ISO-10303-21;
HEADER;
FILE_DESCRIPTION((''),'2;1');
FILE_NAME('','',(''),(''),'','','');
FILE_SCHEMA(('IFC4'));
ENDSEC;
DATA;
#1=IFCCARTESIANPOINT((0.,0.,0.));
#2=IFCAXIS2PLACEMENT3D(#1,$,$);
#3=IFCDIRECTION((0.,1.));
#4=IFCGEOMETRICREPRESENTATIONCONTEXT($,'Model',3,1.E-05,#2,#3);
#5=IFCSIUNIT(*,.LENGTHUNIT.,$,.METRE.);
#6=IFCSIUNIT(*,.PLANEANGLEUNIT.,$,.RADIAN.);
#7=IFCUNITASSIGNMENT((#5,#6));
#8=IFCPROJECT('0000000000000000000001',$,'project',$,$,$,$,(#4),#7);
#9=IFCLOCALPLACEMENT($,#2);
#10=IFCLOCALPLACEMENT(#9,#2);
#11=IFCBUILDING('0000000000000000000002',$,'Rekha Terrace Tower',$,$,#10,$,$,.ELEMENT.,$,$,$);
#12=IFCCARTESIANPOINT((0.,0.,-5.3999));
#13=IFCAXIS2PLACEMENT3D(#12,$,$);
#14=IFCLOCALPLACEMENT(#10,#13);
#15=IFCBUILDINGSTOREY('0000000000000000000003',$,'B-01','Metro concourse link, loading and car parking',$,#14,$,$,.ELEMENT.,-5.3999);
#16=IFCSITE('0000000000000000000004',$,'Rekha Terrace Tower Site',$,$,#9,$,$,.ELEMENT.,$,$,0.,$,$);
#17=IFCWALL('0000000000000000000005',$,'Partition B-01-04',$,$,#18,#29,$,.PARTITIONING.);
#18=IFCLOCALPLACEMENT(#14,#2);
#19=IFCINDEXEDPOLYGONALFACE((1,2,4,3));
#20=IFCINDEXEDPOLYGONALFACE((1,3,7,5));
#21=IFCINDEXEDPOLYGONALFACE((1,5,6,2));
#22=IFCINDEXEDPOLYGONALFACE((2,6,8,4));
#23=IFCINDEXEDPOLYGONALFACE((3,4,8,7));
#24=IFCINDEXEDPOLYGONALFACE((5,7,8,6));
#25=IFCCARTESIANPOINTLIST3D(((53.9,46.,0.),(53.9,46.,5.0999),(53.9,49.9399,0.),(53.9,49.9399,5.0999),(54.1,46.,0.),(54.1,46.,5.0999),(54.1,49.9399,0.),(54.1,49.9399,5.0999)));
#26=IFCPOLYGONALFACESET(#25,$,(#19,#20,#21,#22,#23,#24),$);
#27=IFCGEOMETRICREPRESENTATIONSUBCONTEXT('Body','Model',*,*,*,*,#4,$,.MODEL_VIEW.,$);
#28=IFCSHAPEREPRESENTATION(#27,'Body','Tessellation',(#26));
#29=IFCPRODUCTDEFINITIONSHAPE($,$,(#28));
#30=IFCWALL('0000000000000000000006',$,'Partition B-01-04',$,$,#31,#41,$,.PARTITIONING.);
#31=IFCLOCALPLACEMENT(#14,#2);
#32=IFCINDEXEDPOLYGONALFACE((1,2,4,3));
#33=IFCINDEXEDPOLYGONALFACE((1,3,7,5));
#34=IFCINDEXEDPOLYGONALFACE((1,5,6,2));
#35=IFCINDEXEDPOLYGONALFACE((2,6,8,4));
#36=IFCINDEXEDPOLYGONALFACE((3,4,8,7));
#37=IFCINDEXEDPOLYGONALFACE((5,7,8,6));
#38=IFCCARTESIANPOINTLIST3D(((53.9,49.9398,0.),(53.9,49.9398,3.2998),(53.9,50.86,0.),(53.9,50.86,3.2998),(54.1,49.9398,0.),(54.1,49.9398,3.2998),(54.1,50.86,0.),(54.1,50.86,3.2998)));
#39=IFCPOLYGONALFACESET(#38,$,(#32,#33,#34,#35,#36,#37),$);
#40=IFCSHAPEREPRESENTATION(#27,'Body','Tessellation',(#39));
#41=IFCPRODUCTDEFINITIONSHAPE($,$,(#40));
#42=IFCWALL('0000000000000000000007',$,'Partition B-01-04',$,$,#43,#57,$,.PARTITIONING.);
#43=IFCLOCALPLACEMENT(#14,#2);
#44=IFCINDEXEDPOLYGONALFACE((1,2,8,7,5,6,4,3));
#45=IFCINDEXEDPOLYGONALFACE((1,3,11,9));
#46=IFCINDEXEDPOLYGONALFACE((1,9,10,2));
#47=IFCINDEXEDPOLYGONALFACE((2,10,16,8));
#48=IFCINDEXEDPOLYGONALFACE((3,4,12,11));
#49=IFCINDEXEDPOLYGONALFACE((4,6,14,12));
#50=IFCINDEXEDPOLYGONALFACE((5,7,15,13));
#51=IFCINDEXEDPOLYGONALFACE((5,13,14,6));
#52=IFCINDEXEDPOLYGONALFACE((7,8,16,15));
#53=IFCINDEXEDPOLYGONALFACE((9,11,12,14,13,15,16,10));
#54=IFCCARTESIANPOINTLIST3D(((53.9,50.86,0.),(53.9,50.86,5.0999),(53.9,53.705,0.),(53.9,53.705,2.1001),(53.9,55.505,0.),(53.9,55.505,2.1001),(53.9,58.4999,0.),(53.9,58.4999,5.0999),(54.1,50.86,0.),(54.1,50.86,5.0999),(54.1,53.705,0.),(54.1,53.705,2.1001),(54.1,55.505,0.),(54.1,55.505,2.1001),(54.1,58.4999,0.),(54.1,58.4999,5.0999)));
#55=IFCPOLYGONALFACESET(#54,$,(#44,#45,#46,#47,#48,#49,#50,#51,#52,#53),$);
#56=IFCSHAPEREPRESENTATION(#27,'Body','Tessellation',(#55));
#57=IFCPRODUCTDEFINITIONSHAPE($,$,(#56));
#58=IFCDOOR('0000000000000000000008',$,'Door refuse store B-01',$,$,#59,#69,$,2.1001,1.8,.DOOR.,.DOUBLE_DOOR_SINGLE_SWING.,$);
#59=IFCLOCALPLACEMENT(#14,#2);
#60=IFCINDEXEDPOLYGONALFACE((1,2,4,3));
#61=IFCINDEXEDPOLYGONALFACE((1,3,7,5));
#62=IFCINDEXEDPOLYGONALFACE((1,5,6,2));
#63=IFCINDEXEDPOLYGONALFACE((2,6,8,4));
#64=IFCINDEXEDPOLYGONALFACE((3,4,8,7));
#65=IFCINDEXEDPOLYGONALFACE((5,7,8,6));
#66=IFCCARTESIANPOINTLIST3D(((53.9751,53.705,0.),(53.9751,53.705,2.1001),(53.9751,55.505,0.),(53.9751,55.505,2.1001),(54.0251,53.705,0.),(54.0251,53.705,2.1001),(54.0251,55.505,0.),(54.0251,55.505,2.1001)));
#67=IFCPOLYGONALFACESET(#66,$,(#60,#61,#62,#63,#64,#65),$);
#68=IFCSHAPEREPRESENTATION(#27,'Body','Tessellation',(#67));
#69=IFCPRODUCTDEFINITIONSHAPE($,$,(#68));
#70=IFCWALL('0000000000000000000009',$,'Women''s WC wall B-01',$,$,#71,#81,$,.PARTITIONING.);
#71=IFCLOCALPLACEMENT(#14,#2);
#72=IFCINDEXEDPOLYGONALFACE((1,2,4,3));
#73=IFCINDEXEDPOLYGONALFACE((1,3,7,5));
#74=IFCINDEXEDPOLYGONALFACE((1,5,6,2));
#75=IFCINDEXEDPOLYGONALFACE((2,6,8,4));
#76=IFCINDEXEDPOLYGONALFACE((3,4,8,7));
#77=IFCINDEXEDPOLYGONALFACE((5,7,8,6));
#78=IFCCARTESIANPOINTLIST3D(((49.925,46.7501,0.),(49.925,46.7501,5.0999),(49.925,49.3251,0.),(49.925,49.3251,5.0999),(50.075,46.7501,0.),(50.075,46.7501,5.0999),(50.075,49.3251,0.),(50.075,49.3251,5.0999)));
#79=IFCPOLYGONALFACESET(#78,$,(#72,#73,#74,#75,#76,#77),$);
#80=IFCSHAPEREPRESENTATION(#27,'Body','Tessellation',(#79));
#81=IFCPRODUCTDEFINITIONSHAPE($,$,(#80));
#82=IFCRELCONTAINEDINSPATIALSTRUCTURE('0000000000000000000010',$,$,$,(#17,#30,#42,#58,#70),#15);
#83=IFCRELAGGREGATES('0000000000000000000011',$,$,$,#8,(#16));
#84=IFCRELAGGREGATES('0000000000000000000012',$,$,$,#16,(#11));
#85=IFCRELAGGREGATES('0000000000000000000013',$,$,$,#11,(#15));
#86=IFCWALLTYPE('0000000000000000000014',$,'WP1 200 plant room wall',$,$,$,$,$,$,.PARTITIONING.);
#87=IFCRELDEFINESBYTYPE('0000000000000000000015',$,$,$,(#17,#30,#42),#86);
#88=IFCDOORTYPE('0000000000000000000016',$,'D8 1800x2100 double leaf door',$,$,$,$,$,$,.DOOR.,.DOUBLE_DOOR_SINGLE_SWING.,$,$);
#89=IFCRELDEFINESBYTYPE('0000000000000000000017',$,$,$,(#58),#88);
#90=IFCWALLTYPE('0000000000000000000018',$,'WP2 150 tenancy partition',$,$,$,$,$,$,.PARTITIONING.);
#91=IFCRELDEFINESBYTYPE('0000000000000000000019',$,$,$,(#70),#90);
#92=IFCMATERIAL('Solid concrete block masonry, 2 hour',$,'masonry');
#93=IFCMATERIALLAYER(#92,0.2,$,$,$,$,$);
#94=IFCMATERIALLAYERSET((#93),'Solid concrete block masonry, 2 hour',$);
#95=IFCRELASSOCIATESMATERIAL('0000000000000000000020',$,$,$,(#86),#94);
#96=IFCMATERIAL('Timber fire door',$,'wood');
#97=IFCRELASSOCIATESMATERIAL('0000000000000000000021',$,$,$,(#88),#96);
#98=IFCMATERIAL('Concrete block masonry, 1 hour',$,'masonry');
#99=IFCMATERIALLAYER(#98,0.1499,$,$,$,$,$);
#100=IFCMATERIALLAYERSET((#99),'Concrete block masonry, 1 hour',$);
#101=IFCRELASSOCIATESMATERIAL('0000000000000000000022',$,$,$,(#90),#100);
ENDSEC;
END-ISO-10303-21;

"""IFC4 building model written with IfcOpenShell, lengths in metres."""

from ifc_helpers import new_model, si_unit, direction, frame, frame_2d, origin, place, context, subcontext, project, spatial, rectangle, extrude, material, layer, layer_set, type_object, element, fill, save


model = new_model("IFC4")

# Units and contexts
model_context = context("Model", 3, precision=1e-05, world=origin(), true_north=direction((0.0, 1.0)))
body_context = subcontext(model_context, "Body", "Model", "MODEL_VIEW")
ifc_project = project(units=[si_unit("LENGTHUNIT", "METRE"), si_unit("PLANEANGLEUNIT", "RADIAN")], contexts=[model_context])

# Site, building, storey
site_placement = place(None, origin())
site = spatial("IfcSite", under=ifc_project, at=site_placement, Name="Rekha Terrace Tower Site", CompositionType="ELEMENT", RefElevation=0.0)
building_placement = place(site_placement, origin())
building = spatial("IfcBuilding", under=site, at=building_placement, Name="Rekha Terrace Tower", CompositionType="ELEMENT")
storey_placement = place(building_placement, frame((0.0, 0.0, -5.3999)))
storey = spatial("IfcBuildingStorey", under=building, at=storey_placement, Name="B-01", Description="Metro concourse link, loading and car parking", CompositionType="ELEMENT", Elevation=-5.3999)

# Walls
ifc_material_1 = material(Name="Solid concrete block masonry, 2 hour", Category="masonry")
ifc_layer_1 = layer(ifc_material_1, 0.2)
ifc_layer_set_1 = layer_set([ifc_layer_1], Name="Solid concrete block masonry, 2 hour")
wall_type_1 = type_object("IfcWallType", Name="WP1 200 plant room wall", PredefinedType="PARTITIONING", material=ifc_layer_set_1)
wall_1_placement = place(storey_placement, frame((54.0, 46.0, 0.0), z_axis=(0.0, 0.0, 1.0), x_axis=(0.0, 1.0, 0.0)))
element("IfcWall", 1, at=wall_1_placement, inside=storey, type_object=wall_type_1, Name="Partition B-01-04", PredefinedType="PARTITIONING", context=body_context, shape_type="SweptSolid", body=[
    extrude(rectangle(XDim=3.9399, YDim=0.2, at=frame_2d((1.97, 0.0))), origin(), (0.0, 0.0, 1.0), 5.0999),
])
wall_2_placement = place(storey_placement, frame((54.0, 49.9399, 0.0), z_axis=(0.0, 0.0, 1.0), x_axis=(0.0, 1.0, 0.0)))
element("IfcWall", 2, at=wall_2_placement, inside=storey, type_object=wall_type_1, Name="Partition B-01-04", PredefinedType="PARTITIONING", context=body_context, shape_type="SweptSolid", body=[
    extrude(rectangle(XDim=0.9202, YDim=0.2, at=frame_2d((0.46, 0.0))), origin(), (0.0, 0.0, 1.0), 3.2998),
])

# Wall, opening, door
wall_3_placement = place(storey_placement, frame((54.0, 50.8601, 0.0), z_axis=(0.0, 0.0, 1.0), x_axis=(0.0, 1.0, 0.0)))
wall_3 = element("IfcWall", 3, at=wall_3_placement, inside=storey, type_object=wall_type_1, Name="Partition B-01-04", PredefinedType="PARTITIONING", context=body_context, shape_type="SweptSolid", body=[
    extrude(rectangle(XDim=7.6399, YDim=0.2, at=frame_2d((3.8198, 0.0))), origin(), (0.0, 0.0, 1.0), 5.0999),
])
opening_placement = place(wall_3_placement, frame((2.845, 0.0, 0.0)))
opening = element("IfcOpeningElement", 4, at=opening_placement, cuts=wall_3, PredefinedType="OPENING", context=body_context, shape_type="SweptSolid", body=[
    extrude(rectangle(XDim=1.8, YDim=2.1001, at=frame_2d((0.8999, 1.05))), frame((0.0, 0.1099, 0.0), z_axis=(0.0, -1.0, 0.0), x_axis=(1.0, 0.0, 0.0)), (0.0, 0.0, 1.0), 0.22),
])
ifc_material_2 = material(Name="Timber fire door", Category="wood")
door_type = type_object("IfcDoorType", Name="D8 1800x2100 double leaf door", OperationType="DOUBLE_DOOR_SINGLE_SWING", PredefinedType="DOOR", material=ifc_material_2)
door_placement = place(opening_placement, origin())
door = element("IfcDoor", 5, at=door_placement, inside=storey, type_object=door_type, Name="Door refuse store B-01", OperationType="DOUBLE_DOOR_SINGLE_SWING", OverallHeight=2.1001, OverallWidth=1.8, PredefinedType="DOOR", context=body_context, shape_type="SweptSolid", body=[
    extrude(rectangle(XDim=1.8, YDim=2.1001, at=frame_2d((0.8999, 1.05))), frame((0.0, 0.0249, 0.0), z_axis=(0.0, -1.0, 0.0), x_axis=(1.0, 0.0, 0.0)), (0.0, 0.0, 1.0), 0.05),
])
fill(opening, door)

# Wall
ifc_material_3 = material(Name="Concrete block masonry, 1 hour", Category="masonry")
ifc_layer_2 = layer(ifc_material_3, 0.1499)
ifc_layer_set_2 = layer_set([ifc_layer_2], Name="Concrete block masonry, 1 hour")
wall_type_2 = type_object("IfcWallType", Name="WP2 150 tenancy partition", PredefinedType="PARTITIONING", material=ifc_layer_set_2)
wall_4_placement = place(storey_placement, frame((50.0, 46.75, 0.0), z_axis=(0.0, 0.0, 1.0), x_axis=(0.0, 1.0, 0.0)))
element("IfcWall", 6, at=wall_4_placement, inside=storey, type_object=wall_type_2, Name="Women's WC wall B-01", PredefinedType="PARTITIONING", context=body_context, shape_type="SweptSolid", body=[
    extrude(rectangle(XDim=2.575, YDim=0.1499, at=frame_2d((1.2876, 0.0))), origin(), (0.0, 0.0, 1.0), 5.0999),
])

save(model, "model.ifc")
